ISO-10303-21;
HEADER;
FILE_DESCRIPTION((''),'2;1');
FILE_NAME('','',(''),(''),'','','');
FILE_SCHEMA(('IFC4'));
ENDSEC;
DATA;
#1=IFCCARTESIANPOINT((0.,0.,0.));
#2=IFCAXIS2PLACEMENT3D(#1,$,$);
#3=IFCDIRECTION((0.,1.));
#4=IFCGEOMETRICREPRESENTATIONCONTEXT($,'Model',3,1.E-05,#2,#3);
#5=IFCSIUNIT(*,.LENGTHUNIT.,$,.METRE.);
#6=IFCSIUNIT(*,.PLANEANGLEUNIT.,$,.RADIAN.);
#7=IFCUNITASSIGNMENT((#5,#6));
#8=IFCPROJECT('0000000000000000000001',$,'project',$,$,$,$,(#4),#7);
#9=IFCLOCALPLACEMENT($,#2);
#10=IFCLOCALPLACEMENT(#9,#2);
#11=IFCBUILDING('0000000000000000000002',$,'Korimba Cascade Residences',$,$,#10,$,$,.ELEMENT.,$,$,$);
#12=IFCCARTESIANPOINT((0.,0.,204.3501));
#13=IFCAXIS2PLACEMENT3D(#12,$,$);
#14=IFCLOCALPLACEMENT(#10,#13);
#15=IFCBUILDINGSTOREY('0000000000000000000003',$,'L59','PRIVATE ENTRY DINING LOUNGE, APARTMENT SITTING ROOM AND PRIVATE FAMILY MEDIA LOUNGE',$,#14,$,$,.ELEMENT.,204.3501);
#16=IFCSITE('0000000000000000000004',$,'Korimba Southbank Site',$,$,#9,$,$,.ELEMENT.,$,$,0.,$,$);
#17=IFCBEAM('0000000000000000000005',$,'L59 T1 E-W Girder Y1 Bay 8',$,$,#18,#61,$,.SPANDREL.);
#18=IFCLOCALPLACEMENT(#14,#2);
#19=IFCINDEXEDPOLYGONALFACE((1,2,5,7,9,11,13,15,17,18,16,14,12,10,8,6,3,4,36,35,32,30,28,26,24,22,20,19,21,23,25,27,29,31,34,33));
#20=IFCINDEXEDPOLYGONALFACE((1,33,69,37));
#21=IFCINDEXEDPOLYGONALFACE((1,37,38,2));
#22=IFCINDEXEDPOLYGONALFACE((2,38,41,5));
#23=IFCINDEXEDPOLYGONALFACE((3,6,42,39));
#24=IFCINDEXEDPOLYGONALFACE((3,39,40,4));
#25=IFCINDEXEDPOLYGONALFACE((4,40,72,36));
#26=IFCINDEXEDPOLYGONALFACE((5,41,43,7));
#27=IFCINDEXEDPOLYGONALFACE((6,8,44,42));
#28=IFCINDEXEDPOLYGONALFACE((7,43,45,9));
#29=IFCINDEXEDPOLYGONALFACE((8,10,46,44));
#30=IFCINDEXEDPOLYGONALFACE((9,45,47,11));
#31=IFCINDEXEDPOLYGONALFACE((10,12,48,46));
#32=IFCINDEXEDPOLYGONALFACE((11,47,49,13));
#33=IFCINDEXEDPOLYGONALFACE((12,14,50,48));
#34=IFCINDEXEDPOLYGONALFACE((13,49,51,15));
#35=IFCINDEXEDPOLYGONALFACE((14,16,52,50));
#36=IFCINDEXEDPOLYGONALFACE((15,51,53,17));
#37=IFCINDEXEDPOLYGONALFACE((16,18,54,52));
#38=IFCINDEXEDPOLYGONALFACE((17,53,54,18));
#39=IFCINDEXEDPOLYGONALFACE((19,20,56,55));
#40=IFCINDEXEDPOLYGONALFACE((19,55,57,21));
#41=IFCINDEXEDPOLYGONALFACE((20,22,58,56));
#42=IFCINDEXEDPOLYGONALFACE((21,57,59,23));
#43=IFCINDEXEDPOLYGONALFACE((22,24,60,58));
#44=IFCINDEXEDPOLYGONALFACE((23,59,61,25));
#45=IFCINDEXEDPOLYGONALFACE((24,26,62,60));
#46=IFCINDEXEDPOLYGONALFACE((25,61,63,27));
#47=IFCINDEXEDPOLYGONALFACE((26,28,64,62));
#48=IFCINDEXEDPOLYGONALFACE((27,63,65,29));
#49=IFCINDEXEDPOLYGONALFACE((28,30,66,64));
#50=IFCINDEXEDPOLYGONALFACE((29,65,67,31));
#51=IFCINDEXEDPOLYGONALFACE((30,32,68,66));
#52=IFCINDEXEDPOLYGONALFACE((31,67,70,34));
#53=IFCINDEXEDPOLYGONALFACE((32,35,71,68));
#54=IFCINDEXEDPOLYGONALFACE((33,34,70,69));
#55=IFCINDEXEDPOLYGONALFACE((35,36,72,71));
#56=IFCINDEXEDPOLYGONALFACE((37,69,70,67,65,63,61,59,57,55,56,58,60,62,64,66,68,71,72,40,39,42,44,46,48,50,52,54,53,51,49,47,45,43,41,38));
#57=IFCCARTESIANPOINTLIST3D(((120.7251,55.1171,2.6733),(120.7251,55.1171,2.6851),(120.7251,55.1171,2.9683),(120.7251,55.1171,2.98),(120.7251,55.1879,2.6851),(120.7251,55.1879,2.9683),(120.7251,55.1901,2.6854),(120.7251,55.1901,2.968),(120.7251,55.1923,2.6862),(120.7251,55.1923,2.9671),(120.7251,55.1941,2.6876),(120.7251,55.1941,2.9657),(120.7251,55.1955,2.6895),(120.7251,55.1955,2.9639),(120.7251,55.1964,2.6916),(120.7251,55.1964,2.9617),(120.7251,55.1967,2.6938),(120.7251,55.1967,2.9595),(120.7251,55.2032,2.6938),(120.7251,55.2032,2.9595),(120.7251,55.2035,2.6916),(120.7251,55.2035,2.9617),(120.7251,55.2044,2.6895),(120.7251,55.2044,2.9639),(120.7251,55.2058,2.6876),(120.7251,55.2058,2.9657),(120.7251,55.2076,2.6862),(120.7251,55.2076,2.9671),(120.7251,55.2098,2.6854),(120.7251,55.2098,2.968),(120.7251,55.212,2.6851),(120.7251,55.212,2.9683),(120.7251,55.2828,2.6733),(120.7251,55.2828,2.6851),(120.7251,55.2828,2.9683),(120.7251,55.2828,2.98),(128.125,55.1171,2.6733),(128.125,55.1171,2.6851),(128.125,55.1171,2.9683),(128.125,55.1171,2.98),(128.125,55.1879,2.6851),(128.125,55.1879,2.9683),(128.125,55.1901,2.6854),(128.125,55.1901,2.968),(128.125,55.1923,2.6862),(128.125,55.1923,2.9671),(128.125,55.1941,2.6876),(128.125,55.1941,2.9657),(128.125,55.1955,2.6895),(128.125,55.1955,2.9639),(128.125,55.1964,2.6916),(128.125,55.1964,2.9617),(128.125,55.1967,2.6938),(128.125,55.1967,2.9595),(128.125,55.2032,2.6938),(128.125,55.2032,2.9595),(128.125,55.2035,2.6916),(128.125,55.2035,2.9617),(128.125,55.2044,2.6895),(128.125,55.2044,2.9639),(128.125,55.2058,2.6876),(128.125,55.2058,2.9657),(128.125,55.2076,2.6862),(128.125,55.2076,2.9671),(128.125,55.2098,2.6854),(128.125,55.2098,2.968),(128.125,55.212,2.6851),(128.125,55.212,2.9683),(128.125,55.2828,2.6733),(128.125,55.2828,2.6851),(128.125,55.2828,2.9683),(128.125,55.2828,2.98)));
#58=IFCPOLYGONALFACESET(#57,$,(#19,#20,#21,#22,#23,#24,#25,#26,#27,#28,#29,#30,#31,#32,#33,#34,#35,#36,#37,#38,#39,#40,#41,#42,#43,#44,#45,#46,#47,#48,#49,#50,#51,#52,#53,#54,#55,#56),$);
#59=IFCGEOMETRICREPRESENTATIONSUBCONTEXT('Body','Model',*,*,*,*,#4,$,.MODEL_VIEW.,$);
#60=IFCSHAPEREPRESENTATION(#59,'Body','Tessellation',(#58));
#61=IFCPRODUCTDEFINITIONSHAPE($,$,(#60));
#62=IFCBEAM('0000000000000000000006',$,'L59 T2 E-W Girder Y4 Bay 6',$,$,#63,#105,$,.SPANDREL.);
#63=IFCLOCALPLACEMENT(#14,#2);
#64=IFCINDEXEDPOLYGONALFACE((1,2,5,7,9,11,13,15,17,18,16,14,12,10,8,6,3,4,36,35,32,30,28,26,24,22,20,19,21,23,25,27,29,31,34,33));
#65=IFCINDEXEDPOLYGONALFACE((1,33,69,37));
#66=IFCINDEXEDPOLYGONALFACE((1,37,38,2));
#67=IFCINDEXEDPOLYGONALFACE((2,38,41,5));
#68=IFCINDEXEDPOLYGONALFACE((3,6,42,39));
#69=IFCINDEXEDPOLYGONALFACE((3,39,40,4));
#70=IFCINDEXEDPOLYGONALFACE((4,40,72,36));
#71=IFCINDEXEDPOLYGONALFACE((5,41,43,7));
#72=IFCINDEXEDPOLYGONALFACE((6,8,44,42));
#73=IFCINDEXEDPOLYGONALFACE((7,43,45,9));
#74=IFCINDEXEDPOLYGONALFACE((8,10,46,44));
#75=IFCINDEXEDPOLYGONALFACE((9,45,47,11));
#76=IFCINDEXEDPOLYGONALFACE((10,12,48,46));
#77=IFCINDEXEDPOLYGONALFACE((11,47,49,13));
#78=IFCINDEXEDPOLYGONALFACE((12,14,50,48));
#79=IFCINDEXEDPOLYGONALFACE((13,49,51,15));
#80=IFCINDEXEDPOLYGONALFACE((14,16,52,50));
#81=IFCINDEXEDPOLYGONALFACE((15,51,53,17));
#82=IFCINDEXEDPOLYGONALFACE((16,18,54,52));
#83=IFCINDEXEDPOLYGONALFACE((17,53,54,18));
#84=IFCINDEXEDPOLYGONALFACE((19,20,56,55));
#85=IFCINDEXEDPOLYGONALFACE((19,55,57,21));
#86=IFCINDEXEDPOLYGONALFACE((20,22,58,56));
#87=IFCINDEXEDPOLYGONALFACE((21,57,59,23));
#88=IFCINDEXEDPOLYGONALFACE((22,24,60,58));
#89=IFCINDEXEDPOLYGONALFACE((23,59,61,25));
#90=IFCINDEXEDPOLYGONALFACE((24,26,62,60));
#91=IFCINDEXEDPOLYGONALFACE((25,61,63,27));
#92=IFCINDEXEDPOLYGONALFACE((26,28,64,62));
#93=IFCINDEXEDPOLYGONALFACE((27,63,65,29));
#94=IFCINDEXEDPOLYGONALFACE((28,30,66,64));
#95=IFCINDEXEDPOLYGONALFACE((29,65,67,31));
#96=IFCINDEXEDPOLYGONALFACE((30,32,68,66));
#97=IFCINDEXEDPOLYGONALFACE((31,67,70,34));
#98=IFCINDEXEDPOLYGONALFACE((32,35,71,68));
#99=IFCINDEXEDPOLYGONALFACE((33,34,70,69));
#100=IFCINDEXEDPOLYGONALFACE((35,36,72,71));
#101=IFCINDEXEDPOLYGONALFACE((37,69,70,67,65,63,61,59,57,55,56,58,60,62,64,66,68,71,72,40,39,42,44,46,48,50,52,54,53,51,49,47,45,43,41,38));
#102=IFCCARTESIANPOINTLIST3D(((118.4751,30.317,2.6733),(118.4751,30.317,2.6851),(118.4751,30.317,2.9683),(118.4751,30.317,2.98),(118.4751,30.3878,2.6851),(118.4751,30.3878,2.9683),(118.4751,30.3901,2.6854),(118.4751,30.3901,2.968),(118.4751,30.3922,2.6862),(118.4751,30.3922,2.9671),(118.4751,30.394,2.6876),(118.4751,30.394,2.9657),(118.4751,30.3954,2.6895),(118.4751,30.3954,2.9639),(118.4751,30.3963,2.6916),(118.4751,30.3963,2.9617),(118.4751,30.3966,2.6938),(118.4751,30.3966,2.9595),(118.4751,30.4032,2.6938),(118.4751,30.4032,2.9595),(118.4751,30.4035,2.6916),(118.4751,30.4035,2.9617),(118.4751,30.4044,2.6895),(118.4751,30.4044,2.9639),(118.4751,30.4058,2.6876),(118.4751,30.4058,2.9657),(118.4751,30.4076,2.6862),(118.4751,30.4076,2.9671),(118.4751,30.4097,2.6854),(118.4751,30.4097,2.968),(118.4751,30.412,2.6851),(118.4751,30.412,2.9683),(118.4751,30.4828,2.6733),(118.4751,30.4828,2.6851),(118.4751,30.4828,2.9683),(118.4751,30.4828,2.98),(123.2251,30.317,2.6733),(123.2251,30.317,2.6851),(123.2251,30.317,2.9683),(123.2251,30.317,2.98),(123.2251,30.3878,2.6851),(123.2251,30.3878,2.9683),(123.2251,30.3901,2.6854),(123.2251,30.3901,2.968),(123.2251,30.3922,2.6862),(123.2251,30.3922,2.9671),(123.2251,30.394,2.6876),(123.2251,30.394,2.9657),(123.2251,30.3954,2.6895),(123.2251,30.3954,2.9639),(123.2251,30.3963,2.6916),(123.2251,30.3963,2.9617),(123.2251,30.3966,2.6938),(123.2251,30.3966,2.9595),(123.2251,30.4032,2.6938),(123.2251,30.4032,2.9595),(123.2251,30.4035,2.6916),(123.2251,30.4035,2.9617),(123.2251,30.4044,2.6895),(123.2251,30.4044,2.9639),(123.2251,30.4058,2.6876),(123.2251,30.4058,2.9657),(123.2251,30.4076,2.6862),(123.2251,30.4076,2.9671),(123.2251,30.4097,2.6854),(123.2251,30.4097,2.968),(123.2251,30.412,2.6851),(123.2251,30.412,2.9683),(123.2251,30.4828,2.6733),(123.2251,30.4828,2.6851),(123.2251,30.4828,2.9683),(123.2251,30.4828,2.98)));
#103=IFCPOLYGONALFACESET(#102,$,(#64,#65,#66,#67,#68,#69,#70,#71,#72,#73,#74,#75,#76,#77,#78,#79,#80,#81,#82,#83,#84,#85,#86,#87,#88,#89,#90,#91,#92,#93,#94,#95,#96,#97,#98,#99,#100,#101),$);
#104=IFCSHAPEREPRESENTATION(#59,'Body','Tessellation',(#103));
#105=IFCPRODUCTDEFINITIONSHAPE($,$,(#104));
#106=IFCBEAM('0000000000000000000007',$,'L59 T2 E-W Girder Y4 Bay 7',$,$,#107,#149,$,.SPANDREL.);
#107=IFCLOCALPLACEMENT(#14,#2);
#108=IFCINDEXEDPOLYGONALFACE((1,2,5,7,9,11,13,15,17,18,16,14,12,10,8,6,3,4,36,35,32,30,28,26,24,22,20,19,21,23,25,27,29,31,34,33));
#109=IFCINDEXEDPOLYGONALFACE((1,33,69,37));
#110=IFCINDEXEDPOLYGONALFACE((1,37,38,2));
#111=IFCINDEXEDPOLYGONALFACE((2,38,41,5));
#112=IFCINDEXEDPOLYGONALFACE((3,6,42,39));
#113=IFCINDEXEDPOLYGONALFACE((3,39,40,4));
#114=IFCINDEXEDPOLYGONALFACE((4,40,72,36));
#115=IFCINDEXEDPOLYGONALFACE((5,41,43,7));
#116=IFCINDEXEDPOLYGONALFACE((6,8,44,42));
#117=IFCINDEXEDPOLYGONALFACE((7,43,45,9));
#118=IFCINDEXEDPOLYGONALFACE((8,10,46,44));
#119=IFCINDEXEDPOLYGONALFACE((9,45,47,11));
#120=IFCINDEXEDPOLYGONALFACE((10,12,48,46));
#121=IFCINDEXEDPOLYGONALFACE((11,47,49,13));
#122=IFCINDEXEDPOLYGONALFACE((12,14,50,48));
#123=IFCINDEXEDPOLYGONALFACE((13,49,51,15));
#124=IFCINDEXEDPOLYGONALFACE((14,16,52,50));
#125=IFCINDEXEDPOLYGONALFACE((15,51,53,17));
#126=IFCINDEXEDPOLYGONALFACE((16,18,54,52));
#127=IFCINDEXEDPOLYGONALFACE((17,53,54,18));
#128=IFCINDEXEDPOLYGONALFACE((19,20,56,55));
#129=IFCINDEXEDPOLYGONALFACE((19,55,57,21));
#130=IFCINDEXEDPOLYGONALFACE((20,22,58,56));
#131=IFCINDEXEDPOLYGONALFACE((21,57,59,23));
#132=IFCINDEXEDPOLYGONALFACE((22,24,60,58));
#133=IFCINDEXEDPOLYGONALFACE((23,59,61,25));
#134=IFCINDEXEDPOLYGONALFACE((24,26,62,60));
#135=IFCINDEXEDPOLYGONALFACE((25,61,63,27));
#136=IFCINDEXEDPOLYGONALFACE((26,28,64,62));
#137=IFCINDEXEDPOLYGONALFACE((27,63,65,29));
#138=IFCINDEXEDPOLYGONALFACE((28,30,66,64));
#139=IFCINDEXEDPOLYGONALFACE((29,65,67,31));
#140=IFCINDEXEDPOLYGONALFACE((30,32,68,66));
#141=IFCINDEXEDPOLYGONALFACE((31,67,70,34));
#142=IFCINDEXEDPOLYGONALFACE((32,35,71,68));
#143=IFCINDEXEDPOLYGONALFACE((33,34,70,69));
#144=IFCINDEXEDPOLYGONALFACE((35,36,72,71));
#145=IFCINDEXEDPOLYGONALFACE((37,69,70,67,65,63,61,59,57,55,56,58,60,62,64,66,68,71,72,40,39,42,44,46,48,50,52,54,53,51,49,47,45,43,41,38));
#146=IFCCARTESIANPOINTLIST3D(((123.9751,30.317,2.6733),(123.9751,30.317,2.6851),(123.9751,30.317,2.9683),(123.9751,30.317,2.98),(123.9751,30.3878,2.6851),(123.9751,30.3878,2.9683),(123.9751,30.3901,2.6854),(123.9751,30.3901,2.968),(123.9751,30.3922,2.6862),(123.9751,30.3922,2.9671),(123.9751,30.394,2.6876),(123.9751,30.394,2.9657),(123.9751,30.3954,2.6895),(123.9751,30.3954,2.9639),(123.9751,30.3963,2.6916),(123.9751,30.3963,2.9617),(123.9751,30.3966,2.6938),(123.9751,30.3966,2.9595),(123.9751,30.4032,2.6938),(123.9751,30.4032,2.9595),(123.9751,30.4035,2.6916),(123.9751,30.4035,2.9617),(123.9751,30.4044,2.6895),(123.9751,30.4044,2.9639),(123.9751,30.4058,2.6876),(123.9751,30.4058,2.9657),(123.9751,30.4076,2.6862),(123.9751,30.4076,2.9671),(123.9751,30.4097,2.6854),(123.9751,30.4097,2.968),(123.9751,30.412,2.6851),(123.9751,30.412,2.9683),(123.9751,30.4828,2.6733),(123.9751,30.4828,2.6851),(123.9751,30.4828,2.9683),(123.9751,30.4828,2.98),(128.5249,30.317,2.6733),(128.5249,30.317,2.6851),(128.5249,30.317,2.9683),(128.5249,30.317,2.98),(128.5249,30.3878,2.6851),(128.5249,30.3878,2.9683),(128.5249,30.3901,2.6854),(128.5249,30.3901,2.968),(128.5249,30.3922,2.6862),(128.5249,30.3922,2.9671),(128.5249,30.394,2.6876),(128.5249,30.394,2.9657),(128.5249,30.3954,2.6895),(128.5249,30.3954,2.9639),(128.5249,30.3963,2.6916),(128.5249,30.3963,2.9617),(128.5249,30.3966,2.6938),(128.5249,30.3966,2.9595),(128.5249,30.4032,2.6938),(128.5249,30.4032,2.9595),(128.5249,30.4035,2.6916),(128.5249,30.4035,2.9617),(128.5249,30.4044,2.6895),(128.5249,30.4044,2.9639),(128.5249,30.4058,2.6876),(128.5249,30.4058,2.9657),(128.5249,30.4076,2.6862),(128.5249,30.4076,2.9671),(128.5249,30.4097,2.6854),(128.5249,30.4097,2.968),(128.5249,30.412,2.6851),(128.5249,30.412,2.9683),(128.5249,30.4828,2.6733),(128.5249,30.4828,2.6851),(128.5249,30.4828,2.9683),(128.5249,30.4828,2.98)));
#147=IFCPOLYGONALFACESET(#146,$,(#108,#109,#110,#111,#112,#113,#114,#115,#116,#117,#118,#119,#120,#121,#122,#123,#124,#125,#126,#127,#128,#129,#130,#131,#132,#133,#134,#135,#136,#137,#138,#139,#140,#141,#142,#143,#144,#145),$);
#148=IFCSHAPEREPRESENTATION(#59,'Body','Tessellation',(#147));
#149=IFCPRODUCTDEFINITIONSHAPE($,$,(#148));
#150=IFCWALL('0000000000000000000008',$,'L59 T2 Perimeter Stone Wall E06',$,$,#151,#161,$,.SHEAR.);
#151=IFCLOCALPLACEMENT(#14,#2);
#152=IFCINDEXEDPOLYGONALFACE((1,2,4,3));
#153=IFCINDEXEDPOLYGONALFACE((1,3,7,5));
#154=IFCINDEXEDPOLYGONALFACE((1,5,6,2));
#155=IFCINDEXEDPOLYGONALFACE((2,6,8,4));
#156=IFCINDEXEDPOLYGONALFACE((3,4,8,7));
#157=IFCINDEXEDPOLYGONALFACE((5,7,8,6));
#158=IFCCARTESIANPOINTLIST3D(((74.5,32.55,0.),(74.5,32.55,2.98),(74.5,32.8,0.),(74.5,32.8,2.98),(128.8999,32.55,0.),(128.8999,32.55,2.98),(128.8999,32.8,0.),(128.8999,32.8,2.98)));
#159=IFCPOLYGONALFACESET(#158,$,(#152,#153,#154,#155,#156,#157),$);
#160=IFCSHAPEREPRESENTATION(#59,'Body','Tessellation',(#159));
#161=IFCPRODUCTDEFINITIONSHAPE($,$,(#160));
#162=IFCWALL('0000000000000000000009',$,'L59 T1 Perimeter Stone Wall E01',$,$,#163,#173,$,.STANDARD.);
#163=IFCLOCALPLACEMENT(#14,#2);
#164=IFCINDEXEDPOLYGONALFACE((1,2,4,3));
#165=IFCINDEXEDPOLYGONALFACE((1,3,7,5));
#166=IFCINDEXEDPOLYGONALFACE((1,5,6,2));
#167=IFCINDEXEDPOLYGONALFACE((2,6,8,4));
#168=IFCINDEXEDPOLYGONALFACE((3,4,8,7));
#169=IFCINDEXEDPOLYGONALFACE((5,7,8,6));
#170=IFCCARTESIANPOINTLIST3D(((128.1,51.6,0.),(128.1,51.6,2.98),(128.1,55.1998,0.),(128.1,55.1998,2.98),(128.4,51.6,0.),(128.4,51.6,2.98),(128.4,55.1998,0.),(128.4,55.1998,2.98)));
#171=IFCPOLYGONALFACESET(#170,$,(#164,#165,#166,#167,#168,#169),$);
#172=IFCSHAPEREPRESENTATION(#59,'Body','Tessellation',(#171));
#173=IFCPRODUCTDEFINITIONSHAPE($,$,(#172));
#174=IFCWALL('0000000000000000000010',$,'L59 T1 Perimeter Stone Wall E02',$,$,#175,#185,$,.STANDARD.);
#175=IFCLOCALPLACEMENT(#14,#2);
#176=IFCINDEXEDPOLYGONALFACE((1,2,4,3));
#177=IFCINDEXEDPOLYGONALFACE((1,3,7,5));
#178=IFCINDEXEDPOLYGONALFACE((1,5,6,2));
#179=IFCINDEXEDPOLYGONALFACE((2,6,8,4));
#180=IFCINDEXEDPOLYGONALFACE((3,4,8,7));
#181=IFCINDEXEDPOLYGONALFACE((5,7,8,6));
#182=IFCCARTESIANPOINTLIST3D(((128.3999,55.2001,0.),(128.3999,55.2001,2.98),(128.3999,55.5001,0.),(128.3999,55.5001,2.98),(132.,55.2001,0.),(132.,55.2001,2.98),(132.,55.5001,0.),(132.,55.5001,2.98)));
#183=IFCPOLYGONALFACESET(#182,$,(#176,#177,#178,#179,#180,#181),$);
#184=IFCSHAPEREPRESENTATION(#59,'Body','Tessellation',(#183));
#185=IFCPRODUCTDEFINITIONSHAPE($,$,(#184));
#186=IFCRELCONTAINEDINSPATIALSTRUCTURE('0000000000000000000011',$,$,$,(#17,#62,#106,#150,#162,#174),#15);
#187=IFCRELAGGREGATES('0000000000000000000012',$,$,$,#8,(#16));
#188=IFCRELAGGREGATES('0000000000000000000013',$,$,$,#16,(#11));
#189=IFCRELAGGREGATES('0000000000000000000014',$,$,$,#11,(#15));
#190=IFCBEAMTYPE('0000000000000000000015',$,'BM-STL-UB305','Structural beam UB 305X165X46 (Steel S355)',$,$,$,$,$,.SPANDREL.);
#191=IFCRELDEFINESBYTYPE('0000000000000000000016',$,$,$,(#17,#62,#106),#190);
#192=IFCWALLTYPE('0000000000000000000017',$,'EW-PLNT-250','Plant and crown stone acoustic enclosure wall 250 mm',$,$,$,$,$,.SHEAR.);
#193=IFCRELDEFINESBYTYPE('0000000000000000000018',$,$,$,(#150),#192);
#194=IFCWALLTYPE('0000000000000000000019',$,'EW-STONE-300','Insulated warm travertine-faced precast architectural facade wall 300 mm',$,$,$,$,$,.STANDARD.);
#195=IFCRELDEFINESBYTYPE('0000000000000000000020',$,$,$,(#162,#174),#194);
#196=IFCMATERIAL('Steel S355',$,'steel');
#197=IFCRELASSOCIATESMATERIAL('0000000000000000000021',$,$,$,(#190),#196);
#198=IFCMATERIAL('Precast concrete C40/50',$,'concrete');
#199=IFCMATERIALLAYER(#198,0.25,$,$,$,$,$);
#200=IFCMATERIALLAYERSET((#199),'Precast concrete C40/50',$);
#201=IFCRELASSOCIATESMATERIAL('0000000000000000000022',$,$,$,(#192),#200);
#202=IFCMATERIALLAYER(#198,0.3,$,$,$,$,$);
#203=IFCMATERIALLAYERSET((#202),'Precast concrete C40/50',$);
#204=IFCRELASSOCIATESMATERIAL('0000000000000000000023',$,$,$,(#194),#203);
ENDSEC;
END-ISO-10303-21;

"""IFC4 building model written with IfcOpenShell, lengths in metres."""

from ifc_helpers import new_model, si_unit, direction, frame, frame_2d, origin, origin_2d, place, context, subcontext, project, spatial, rectangle, i_section, extrude, material, layer, layer_set, material_profile, profile_set, type_object, element, save


model = new_model("IFC4")

# Units and contexts
model_context = context("Model", 3, precision=1e-05, world=origin(), true_north=direction((0.0, 1.0)))
body_context = subcontext(model_context, "Body", "Model", "MODEL_VIEW")
ifc_project = project(units=[si_unit("LENGTHUNIT", "METRE"), si_unit("PLANEANGLEUNIT", "RADIAN")], contexts=[model_context])

# Site, building, storey
site_placement = place(None, origin())
site = spatial("IfcSite", under=ifc_project, at=site_placement, Name="Korimba Southbank Site", CompositionType="ELEMENT", RefElevation=0.0)
building_placement = place(site_placement, origin())
building = spatial("IfcBuilding", under=site, at=building_placement, Name="Korimba Cascade Residences", CompositionType="ELEMENT")
storey_placement = place(building_placement, frame((0.0, 0.0, 204.3501)))
storey = spatial("IfcBuildingStorey", under=building, at=storey_placement, Name="L59", Description="PRIVATE ENTRY DINING LOUNGE, APARTMENT SITTING ROOM AND PRIVATE FAMILY MEDIA LOUNGE", CompositionType="ELEMENT", Elevation=204.3501)

# Beams
ifc_material_1 = material(Name="Steel S355", Category="steel")
ifc_material_profile_1 = material_profile(ifc_material_1, i_section(OverallWidth=0.1658, OverallDepth=0.3066, WebThickness=0.0066, FlangeThickness=0.0117, FilletRadius=0.0088, at=origin_2d()), Name="Steel S355")
ifc_profile_set_1 = profile_set([ifc_material_profile_1], Name="Steel S355")
beam_type = type_object("IfcBeamType", Name="BM-STL-UB305", Description="Structural beam UB 305X165X46 (Steel S355)", PredefinedType="SPANDREL", material=ifc_profile_set_1)
beam_1_placement = place(storey_placement, frame((120.7251, 55.2, 2.8267), z_axis=(1.0, 0.0, 0.0), x_axis=(0.0, 1.0, 0.0)))
element("IfcBeam", 1, at=beam_1_placement, inside=storey, type_object=beam_type, Name="L59 T1 E-W Girder Y1 Bay 8", PredefinedType="SPANDREL", context=body_context, shape_type="SweptSolid", body=[
    extrude(i_section(OverallWidth=0.1658, OverallDepth=0.3066, WebThickness=0.0066, FlangeThickness=0.0117, FilletRadius=0.0088, at=origin_2d()), origin(), (0.0, 0.0, 1.0), 7.3999),
])
beam_2_placement = place(storey_placement, frame((118.4751, 30.3999, 2.8267), z_axis=(1.0, 0.0, 0.0), x_axis=(0.0, 1.0, 0.0)))
element("IfcBeam", 2, at=beam_2_placement, inside=storey, type_object=beam_type, Name="L59 T2 E-W Girder Y4 Bay 6", PredefinedType="SPANDREL", context=body_context, shape_type="SweptSolid", body=[
    extrude(i_section(OverallWidth=0.1658, OverallDepth=0.3066, WebThickness=0.0066, FlangeThickness=0.0117, FilletRadius=0.0088, at=origin_2d()), origin(), (0.0, 0.0, 1.0), 4.75),
])
beam_3_placement = place(storey_placement, frame((123.9751, 30.3999, 2.8267), z_axis=(1.0, 0.0, 0.0), x_axis=(0.0, 1.0, 0.0)))
element("IfcBeam", 3, at=beam_3_placement, inside=storey, type_object=beam_type, Name="L59 T2 E-W Girder Y4 Bay 7", PredefinedType="SPANDREL", context=body_context, shape_type="SweptSolid", body=[
    extrude(i_section(OverallWidth=0.1658, OverallDepth=0.3066, WebThickness=0.0066, FlangeThickness=0.0117, FilletRadius=0.0088, at=origin_2d()), origin(), (0.0, 0.0, 1.0), 4.5498),
])

# Walls
ifc_material_2 = material(Name="Precast concrete C40/50", Category="concrete")
ifc_layer_1 = layer(ifc_material_2, 0.25)
ifc_layer_set_1 = layer_set([ifc_layer_1], Name="Precast concrete C40/50")
wall_type_1 = type_object("IfcWallType", Name="EW-PLNT-250", Description="Plant and crown stone acoustic enclosure wall 250 mm", PredefinedType="SHEAR", material=ifc_layer_set_1)
wall_1_placement = place(storey_placement, frame((128.8999, 32.675, 0.0), z_axis=(0.0, 0.0, 1.0), x_axis=(-1.0, 0.0, 0.0)))
element("IfcWall", 4, at=wall_1_placement, inside=storey, type_object=wall_type_1, Name="L59 T2 Perimeter Stone Wall E06", PredefinedType="SHEAR", context=body_context, shape_type="SweptSolid", body=[
    extrude(rectangle(XDim=54.3999, YDim=0.25, at=frame_2d((27.2, 0.0))), origin(), (0.0, 0.0, 1.0), 2.98),
])
ifc_layer_2 = layer(ifc_material_2, 0.3)
ifc_layer_set_2 = layer_set([ifc_layer_2], Name="Precast concrete C40/50")
wall_type_2 = type_object("IfcWallType", Name="EW-STONE-300", Description="Insulated warm travertine-faced precast architectural facade wall 300 mm", PredefinedType="STANDARD", material=ifc_layer_set_2)
wall_2_placement = place(storey_placement, frame((128.25, 51.6001, 0.0), z_axis=(0.0, 0.0, 1.0), x_axis=(0.0, 1.0, 0.0)))
element("IfcWall", 5, at=wall_2_placement, inside=storey, type_object=wall_type_2, Name="L59 T1 Perimeter Stone Wall E01", PredefinedType="STANDARD", context=body_context, shape_type="SweptSolid", body=[
    extrude(rectangle(XDim=3.5999, YDim=0.3, at=frame_2d((1.7998, 0.0))), origin(), (0.0, 0.0, 1.0), 2.98),
])
wall_3_placement = place(storey_placement, frame((128.3999, 55.3501, 0.0), z_axis=(0.0, 0.0, 1.0), x_axis=(1.0, 0.0, 0.0)))
element("IfcWall", 6, at=wall_3_placement, inside=storey, type_object=wall_type_2, Name="L59 T1 Perimeter Stone Wall E02", PredefinedType="STANDARD", context=body_context, shape_type="SweptSolid", body=[
    extrude(rectangle(XDim=3.6001, YDim=0.3, at=frame_2d((1.8, 0.0))), origin(), (0.0, 0.0, 1.0), 2.98),
])

save(model, "model.ifc")
